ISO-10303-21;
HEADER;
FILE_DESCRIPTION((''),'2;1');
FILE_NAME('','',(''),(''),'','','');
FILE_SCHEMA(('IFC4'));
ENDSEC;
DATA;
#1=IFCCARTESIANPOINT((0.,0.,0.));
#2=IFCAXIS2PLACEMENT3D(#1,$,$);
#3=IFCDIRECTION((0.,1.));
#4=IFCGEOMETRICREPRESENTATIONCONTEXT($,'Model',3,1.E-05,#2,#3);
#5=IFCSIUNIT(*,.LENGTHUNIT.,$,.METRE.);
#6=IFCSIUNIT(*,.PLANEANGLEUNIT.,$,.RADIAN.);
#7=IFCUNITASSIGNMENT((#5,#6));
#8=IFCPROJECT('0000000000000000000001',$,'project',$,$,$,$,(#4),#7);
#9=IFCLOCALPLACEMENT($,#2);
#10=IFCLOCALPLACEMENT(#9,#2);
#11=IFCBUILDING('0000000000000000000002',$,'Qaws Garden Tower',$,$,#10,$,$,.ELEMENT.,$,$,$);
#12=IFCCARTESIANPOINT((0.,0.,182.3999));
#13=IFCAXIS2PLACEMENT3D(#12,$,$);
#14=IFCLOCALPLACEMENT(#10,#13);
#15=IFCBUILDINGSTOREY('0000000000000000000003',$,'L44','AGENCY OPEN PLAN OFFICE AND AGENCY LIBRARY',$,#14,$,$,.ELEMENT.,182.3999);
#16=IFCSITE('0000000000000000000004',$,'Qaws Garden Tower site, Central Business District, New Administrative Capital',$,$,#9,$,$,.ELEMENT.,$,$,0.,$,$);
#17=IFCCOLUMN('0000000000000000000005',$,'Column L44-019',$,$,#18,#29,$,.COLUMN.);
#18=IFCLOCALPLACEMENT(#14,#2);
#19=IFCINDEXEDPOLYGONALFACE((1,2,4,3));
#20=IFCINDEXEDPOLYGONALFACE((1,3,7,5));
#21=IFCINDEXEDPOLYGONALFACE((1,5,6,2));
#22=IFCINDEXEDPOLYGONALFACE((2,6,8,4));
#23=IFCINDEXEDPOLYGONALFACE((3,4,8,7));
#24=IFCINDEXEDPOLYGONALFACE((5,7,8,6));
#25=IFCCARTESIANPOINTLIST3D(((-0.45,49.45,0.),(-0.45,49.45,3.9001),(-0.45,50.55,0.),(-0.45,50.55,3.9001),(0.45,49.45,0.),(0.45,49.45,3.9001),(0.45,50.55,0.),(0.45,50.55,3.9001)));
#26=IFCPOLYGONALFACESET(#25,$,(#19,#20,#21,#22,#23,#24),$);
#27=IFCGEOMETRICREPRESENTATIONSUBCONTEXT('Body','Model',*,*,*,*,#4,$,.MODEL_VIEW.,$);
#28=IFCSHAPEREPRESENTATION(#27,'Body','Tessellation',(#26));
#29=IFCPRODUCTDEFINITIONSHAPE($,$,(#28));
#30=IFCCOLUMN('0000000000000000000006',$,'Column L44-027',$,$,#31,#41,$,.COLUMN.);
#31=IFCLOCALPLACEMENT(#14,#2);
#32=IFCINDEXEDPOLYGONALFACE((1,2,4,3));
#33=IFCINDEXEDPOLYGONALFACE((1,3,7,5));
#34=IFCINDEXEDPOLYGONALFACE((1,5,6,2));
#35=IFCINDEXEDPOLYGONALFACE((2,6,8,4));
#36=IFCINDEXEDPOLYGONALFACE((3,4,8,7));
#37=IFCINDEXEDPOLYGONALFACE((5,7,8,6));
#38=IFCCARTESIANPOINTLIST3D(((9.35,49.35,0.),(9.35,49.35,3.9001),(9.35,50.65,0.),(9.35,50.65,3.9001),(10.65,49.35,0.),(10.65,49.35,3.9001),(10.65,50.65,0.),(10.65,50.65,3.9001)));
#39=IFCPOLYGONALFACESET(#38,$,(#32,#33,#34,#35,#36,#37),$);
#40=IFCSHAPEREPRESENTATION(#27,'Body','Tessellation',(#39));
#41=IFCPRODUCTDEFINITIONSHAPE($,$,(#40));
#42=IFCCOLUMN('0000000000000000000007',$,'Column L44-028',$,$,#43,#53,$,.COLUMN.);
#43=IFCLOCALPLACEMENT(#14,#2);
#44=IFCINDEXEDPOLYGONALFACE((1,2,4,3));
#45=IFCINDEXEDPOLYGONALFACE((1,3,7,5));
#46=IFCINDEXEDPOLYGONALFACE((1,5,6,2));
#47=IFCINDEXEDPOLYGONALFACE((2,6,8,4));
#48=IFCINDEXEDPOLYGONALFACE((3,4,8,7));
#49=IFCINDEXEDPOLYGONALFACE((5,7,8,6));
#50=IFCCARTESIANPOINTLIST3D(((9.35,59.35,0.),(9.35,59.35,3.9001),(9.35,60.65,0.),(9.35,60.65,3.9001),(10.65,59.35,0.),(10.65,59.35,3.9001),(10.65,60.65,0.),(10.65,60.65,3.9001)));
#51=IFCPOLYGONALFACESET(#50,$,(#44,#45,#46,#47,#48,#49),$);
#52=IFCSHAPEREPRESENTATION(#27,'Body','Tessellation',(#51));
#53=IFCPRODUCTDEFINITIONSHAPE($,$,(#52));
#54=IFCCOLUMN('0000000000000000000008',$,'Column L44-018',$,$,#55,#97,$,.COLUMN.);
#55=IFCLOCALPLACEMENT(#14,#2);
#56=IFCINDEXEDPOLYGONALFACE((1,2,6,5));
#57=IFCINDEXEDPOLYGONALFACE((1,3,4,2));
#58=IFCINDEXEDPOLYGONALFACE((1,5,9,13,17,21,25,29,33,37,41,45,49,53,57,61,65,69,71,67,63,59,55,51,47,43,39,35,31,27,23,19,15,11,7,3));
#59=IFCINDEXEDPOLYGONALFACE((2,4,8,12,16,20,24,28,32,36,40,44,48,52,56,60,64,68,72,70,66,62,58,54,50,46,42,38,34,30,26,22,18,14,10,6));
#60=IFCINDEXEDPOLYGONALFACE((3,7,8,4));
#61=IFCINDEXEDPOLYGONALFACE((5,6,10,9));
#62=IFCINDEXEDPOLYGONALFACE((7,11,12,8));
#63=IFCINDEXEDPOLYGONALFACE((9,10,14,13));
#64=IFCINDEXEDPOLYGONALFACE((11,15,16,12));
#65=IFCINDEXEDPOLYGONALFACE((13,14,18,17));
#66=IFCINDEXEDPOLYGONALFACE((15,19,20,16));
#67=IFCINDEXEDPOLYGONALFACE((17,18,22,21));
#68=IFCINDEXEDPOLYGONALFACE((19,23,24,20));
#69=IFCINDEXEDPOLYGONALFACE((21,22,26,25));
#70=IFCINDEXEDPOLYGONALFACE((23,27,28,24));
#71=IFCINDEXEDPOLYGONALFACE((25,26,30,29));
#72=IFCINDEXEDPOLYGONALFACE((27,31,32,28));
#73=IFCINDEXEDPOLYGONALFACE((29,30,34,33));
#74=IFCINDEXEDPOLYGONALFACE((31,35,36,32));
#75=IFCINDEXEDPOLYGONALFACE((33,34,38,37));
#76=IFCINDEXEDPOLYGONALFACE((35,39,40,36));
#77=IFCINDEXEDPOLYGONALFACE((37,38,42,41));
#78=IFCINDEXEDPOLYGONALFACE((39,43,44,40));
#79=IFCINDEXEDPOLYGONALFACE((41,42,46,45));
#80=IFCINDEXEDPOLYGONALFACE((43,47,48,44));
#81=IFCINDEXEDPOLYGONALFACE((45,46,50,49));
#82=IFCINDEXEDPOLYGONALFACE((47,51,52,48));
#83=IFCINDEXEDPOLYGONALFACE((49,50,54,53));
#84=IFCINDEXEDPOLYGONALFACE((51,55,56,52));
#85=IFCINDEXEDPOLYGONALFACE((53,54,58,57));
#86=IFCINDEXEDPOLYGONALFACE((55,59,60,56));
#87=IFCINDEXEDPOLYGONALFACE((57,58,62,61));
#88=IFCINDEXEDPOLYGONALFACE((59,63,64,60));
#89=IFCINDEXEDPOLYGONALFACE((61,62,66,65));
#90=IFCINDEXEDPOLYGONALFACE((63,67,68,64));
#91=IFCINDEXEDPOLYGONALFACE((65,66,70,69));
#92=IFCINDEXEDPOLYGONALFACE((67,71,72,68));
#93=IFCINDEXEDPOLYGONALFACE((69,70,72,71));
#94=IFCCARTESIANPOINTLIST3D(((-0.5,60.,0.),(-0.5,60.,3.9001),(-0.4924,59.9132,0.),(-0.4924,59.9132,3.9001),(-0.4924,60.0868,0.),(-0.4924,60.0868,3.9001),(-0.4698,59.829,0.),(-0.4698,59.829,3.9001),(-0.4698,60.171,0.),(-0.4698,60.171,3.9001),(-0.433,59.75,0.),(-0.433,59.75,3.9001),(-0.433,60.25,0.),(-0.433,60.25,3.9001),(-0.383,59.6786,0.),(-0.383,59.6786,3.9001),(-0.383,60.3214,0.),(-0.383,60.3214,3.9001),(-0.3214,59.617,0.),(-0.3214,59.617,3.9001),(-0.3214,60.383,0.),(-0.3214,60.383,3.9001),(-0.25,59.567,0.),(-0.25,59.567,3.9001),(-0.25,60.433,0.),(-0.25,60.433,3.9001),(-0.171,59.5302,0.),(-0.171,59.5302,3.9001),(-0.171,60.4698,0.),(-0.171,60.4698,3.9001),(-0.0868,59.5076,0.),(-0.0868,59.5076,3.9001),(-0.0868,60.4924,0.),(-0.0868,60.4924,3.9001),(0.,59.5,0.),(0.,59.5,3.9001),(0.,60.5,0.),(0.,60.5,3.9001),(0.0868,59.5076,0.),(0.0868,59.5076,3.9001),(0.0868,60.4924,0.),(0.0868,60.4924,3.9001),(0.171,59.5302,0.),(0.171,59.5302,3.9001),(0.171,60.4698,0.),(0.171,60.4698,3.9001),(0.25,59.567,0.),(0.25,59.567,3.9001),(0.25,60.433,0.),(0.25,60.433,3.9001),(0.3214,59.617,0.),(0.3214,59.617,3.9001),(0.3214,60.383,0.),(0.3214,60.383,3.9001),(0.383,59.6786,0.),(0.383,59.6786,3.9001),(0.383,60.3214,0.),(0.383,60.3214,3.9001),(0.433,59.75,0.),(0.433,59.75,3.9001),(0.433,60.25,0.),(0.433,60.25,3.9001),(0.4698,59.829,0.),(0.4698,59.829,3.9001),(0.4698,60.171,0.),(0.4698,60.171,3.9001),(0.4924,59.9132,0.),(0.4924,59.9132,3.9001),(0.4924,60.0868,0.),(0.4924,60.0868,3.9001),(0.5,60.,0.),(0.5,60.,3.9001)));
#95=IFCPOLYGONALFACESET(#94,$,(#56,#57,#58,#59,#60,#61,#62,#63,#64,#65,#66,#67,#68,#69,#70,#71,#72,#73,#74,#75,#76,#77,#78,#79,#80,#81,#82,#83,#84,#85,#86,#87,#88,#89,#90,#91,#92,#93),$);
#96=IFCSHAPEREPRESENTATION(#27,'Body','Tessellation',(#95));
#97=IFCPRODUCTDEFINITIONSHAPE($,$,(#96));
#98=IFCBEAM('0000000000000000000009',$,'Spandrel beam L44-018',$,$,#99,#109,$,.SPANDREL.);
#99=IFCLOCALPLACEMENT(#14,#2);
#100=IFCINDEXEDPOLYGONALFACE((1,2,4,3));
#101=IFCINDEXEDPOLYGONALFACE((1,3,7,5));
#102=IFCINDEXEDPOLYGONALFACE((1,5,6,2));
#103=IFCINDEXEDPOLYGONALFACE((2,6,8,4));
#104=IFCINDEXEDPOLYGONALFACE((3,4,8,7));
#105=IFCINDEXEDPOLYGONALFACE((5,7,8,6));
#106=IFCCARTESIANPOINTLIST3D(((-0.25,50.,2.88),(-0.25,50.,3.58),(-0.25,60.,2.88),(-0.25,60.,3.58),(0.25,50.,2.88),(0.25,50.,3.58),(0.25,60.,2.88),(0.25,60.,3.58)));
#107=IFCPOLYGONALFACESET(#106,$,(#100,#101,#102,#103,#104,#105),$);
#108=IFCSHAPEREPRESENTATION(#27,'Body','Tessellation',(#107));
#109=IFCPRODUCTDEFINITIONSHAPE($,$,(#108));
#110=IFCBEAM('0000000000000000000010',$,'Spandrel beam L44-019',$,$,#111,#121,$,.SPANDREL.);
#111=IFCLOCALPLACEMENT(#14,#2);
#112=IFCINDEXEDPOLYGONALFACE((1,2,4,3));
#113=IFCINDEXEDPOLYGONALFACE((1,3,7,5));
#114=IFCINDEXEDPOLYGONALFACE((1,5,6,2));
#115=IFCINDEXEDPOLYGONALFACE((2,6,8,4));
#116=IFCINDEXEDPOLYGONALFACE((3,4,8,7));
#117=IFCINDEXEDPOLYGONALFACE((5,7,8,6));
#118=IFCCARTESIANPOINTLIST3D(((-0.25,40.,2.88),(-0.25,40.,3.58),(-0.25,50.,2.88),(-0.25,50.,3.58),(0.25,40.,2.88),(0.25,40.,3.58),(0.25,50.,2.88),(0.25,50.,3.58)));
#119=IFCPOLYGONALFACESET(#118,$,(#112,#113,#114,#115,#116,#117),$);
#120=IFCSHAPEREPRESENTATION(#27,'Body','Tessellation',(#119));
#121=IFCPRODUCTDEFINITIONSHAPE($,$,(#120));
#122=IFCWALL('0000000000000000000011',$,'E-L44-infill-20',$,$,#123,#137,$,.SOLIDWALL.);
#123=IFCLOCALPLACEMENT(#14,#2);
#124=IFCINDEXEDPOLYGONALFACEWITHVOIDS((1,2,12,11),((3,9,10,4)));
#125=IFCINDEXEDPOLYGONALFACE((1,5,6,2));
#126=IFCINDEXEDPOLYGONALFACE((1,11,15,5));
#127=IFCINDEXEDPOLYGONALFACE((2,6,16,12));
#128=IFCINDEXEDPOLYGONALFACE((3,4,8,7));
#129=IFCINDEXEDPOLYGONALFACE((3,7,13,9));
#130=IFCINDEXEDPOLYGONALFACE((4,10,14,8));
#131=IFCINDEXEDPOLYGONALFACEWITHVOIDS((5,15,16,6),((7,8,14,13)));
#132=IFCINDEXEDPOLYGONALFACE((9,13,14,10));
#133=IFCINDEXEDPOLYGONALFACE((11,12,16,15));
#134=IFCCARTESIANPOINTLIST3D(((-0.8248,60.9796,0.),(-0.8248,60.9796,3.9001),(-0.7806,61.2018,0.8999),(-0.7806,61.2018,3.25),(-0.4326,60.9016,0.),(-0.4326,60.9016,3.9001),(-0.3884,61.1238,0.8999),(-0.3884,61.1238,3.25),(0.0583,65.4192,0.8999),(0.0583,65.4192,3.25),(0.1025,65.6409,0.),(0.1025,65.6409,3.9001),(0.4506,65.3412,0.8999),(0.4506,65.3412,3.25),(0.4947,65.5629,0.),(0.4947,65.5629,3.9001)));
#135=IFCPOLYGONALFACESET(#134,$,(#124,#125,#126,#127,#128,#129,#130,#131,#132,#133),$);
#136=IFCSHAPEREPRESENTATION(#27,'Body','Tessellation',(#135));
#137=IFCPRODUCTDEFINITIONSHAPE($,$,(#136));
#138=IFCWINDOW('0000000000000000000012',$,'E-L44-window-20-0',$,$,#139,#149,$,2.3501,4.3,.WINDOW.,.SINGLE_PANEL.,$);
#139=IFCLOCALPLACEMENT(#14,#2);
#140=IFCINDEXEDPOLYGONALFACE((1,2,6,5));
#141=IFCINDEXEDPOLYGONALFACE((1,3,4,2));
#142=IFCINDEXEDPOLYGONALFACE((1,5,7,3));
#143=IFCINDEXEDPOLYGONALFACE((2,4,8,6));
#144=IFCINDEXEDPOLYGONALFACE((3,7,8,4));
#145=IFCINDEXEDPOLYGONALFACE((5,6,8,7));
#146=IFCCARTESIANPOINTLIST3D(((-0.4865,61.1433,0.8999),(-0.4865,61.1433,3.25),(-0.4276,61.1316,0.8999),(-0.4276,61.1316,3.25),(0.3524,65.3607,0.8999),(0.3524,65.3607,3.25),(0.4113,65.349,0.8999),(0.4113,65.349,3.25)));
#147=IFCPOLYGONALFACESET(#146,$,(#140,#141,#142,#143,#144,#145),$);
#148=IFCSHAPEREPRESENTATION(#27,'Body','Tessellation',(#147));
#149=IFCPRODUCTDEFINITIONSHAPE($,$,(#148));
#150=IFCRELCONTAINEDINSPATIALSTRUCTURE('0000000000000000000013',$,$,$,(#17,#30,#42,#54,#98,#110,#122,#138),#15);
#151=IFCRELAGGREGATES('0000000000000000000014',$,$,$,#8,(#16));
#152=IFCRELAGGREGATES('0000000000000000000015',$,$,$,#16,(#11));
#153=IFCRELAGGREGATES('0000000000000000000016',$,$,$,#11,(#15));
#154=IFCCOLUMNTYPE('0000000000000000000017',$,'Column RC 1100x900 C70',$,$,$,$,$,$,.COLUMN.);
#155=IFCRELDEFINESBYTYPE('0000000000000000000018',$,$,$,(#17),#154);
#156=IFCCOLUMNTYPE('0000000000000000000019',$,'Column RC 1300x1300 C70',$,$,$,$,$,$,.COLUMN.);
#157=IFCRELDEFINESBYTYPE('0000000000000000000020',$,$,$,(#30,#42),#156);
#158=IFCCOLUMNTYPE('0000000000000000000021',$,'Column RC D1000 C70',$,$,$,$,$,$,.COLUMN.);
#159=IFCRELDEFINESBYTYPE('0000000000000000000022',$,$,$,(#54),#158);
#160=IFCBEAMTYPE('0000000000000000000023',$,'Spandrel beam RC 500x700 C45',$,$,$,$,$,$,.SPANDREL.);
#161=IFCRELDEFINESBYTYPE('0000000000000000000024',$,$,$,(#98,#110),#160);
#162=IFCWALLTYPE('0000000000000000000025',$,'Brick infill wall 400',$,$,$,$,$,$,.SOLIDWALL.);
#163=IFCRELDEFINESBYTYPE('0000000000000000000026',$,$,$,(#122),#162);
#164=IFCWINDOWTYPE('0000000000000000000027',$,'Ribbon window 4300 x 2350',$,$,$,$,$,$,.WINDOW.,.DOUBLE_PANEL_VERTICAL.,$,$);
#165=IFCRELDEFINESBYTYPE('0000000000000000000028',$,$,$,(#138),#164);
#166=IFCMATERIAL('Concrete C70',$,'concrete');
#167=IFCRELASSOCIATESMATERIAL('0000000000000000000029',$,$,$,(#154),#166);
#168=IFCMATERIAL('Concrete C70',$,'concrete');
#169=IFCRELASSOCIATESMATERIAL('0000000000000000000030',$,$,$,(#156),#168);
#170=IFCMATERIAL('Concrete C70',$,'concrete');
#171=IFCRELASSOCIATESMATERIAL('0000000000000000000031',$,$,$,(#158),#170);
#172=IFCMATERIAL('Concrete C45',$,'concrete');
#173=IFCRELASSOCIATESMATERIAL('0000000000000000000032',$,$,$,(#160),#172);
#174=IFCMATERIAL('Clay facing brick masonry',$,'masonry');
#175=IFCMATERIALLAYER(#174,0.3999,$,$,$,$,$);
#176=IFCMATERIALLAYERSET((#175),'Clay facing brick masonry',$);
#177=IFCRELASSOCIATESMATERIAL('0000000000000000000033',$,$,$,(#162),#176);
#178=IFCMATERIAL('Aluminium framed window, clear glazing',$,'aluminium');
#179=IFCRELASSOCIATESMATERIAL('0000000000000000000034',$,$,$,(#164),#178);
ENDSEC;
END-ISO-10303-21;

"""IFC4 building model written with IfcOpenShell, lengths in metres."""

from ifc_helpers import new_model, si_unit, direction, frame, frame_2d, origin, origin_2d, place, context, subcontext, project, spatial, rectangle, circle, extrude, material, layer, layer_set, material_profile, profile_set, type_object, element, fill, save


model = new_model("IFC4")

# Units and contexts
model_context = context("Model", 3, precision=1e-05, world=origin(), true_north=direction((0.0, 1.0)))
body_context = subcontext(model_context, "Body", "Model", "MODEL_VIEW")
ifc_project = project(units=[si_unit("LENGTHUNIT", "METRE"), si_unit("PLANEANGLEUNIT", "RADIAN")], contexts=[model_context])

# Site, building, storey
site_placement = place(None, origin())
site = spatial("IfcSite", under=ifc_project, at=site_placement, Name="Qaws Garden Tower site, Central Business District, New Administrative Capital", CompositionType="ELEMENT", RefElevation=0.0)
building_placement = place(site_placement, origin())
building = spatial("IfcBuilding", under=site, at=building_placement, Name="Qaws Garden Tower", CompositionType="ELEMENT")
storey_placement = place(building_placement, frame((0.0, 0.0, 182.3999)))
storey = spatial("IfcBuildingStorey", under=building, at=storey_placement, Name="L44", Description="AGENCY OPEN PLAN OFFICE AND AGENCY LIBRARY", CompositionType="ELEMENT", Elevation=182.3999)

# Columns
ifc_material_1 = material(Name="Concrete C70", Category="concrete")
ifc_material_profile_1 = material_profile(ifc_material_1, rectangle(XDim=1.1001, YDim=0.8999, at=origin_2d()), Name="RC 1100x900")
ifc_profile_set_1 = profile_set([ifc_material_profile_1], Name="Concrete C70")
column_type_1 = type_object("IfcColumnType", Name="Column RC 1100x900 C70", PredefinedType="COLUMN", material=ifc_profile_set_1)
column_1_placement = place(storey_placement, frame((0.0, 50.0, 0.0), z_axis=(0.0, 0.0, 1.0), x_axis=(0.0, 1.0, 0.0)))
element("IfcColumn", 1, at=column_1_placement, inside=storey, type_object=column_type_1, Name="Column L44-019", PredefinedType="COLUMN", context=body_context, shape_type="SweptSolid", body=[
    extrude(rectangle(XDim=1.1001, YDim=0.8999, at=origin_2d()), origin(), (0.0, 0.0, 1.0), 3.9001),
])
ifc_material_2 = material(Name="Concrete C70", Category="concrete")
ifc_material_profile_2 = material_profile(ifc_material_2, rectangle(XDim=1.3, YDim=1.3, at=origin_2d()), Name="RC 1300x1300")
ifc_profile_set_2 = profile_set([ifc_material_profile_2], Name="Concrete C70")
column_type_2 = type_object("IfcColumnType", Name="Column RC 1300x1300 C70", PredefinedType="COLUMN", material=ifc_profile_set_2)
for number, where, z_axis, x_axis, name in (
    (2, (10.0, 50.0, 0.0), (0.0, 0.0, 1.0), (1.0, 0.0, 0.0), "Column L44-027"),
    (3, (10.0, 60.0, 0.0), (0.0, 0.0, 1.0), (1.0, 0.0, 0.0), "Column L44-028"),
):
    element("IfcColumn", number, at=place(storey_placement, frame(where, z_axis=z_axis, x_axis=x_axis)), inside=storey, type_object=column_type_2, Name=name, PredefinedType="COLUMN", context=body_context, shape_type="SweptSolid", body=[
        extrude(rectangle(XDim=1.3, YDim=1.3, at=origin_2d()), origin(), (0.0, 0.0, 1.0), 3.9001),
    ])
ifc_material_3 = material(Name="Concrete C70", Category="concrete")
ifc_material_profile_3 = material_profile(ifc_material_3, circle(Radius=0.5, at=origin_2d()), Name="RC D1000")
ifc_profile_set_3 = profile_set([ifc_material_profile_3], Name="Concrete C70")
column_type_3 = type_object("IfcColumnType", Name="Column RC D1000 C70", PredefinedType="COLUMN", material=ifc_profile_set_3)
column_2_placement = place(storey_placement, frame((0.0, 60.0, 0.0), z_axis=(0.0, 0.0, 1.0), x_axis=(1.0, 0.0, 0.0)))
element("IfcColumn", 4, at=column_2_placement, inside=storey, type_object=column_type_3, Name="Column L44-018", PredefinedType="COLUMN", context=body_context, shape_type="SweptSolid", body=[
    extrude(circle(Radius=0.5, at=origin_2d()), origin(), (0.0, 0.0, 1.0), 3.9001),
])

# Beams
ifc_material_4 = material(Name="Concrete C45", Category="concrete")
ifc_material_profile_4 = material_profile(ifc_material_4, rectangle(XDim=0.5, YDim=0.7, at=origin_2d()), Name="RC 500x700")
ifc_profile_set_4 = profile_set([ifc_material_profile_4], Name="Concrete C45")
beam_type = type_object("IfcBeamType", Name="Spandrel beam RC 500x700 C45", PredefinedType="SPANDREL", material=ifc_profile_set_4)
for number, where, z_axis, x_axis, name in (
    (5, (0.0, 60.0, 3.23), (0.0, -1.0, 0.0), (1.0, 0.0, 0.0), "Spandrel beam L44-018"),
    (6, (0.0, 50.0, 3.23), (0.0, -1.0, 0.0), (1.0, 0.0, 0.0), "Spandrel beam L44-019"),
):
    element("IfcBeam", number, at=place(storey_placement, frame(where, z_axis=z_axis, x_axis=x_axis)), inside=storey, type_object=beam_type, Name=name, PredefinedType="SPANDREL", context=body_context, shape_type="SweptSolid", body=[
        extrude(rectangle(XDim=0.5, YDim=0.7, at=origin_2d()), origin(), (0.0, 0.0, 1.0), 10.0),
    ])

# Wall, opening, window
ifc_material_5 = material(Name="Clay facing brick masonry", Category="masonry")
ifc_layer_1 = layer(ifc_material_5, 0.3999)
ifc_layer_set_1 = layer_set([ifc_layer_1], Name="Clay facing brick masonry")
wall_type_1 = type_object("IfcWallType", Name="Brick infill wall 400", PredefinedType="SOLIDWALL", material=ifc_layer_set_1)
wall_1_placement = place(storey_placement, frame((0.2986, 65.6021, 0.0), z_axis=(0.0, 0.0, 1.0), x_axis=(-0.195099, -0.980784, 0.0)))
wall_1 = element("IfcWall", 7, at=wall_1_placement, inside=storey, type_object=wall_type_1, Name="E-L44-infill-20", PredefinedType="SOLIDWALL", context=body_context, shape_type="SweptSolid", body=[
    extrude(rectangle(XDim=4.7527, YDim=0.3999, at=frame_2d((2.3765, 0.0))), origin(), (0.0, 0.0, 1.0), 3.9001),
])
opening_1_placement = place(wall_1_placement, frame((0.2263, 0.0, 0.8999)))
opening_1 = element("IfcOpeningElement", 8, at=opening_1_placement, cuts=wall_1, PredefinedType="OPENING", context=body_context, shape_type="SweptSolid", body=[
    extrude(rectangle(XDim=4.3, YDim=2.3501, at=frame_2d((2.1499, 1.175))), frame((0.0, 0.21, 0.0), z_axis=(0.0, -1.0, 0.0), x_axis=(1.0, 0.0, 0.0)), (0.0, 0.0, 1.0), 0.4199),
])
ifc_material_6 = material(Name="Aluminium framed window, clear glazing", Category="aluminium")
window_type_1 = type_object("IfcWindowType", Name="Ribbon window 4300 x 2350", PartitioningType="DOUBLE_PANEL_VERTICAL", PredefinedType="WINDOW", material=ifc_material_6)
window_1_placement = place(opening_1_placement, origin())
window_1 = element("IfcWindow", 9, at=window_1_placement, inside=storey, type_object=window_type_1, Name="E-L44-window-20-0", OverallHeight=2.3501, OverallWidth=4.3, PartitioningType="SINGLE_PANEL", PredefinedType="WINDOW", context=body_context, shape_type="SweptSolid", body=[
    extrude(rectangle(XDim=4.3, YDim=2.3501, at=frame_2d((2.1499, 1.175))), frame((0.0, 0.1599, 0.0), z_axis=(0.0, -1.0, 0.0), x_axis=(1.0, 0.0, 0.0)), (0.0, 0.0, 1.0), 0.0601),
])
fill(opening_1, window_1)

save(model, "model.ifc")
